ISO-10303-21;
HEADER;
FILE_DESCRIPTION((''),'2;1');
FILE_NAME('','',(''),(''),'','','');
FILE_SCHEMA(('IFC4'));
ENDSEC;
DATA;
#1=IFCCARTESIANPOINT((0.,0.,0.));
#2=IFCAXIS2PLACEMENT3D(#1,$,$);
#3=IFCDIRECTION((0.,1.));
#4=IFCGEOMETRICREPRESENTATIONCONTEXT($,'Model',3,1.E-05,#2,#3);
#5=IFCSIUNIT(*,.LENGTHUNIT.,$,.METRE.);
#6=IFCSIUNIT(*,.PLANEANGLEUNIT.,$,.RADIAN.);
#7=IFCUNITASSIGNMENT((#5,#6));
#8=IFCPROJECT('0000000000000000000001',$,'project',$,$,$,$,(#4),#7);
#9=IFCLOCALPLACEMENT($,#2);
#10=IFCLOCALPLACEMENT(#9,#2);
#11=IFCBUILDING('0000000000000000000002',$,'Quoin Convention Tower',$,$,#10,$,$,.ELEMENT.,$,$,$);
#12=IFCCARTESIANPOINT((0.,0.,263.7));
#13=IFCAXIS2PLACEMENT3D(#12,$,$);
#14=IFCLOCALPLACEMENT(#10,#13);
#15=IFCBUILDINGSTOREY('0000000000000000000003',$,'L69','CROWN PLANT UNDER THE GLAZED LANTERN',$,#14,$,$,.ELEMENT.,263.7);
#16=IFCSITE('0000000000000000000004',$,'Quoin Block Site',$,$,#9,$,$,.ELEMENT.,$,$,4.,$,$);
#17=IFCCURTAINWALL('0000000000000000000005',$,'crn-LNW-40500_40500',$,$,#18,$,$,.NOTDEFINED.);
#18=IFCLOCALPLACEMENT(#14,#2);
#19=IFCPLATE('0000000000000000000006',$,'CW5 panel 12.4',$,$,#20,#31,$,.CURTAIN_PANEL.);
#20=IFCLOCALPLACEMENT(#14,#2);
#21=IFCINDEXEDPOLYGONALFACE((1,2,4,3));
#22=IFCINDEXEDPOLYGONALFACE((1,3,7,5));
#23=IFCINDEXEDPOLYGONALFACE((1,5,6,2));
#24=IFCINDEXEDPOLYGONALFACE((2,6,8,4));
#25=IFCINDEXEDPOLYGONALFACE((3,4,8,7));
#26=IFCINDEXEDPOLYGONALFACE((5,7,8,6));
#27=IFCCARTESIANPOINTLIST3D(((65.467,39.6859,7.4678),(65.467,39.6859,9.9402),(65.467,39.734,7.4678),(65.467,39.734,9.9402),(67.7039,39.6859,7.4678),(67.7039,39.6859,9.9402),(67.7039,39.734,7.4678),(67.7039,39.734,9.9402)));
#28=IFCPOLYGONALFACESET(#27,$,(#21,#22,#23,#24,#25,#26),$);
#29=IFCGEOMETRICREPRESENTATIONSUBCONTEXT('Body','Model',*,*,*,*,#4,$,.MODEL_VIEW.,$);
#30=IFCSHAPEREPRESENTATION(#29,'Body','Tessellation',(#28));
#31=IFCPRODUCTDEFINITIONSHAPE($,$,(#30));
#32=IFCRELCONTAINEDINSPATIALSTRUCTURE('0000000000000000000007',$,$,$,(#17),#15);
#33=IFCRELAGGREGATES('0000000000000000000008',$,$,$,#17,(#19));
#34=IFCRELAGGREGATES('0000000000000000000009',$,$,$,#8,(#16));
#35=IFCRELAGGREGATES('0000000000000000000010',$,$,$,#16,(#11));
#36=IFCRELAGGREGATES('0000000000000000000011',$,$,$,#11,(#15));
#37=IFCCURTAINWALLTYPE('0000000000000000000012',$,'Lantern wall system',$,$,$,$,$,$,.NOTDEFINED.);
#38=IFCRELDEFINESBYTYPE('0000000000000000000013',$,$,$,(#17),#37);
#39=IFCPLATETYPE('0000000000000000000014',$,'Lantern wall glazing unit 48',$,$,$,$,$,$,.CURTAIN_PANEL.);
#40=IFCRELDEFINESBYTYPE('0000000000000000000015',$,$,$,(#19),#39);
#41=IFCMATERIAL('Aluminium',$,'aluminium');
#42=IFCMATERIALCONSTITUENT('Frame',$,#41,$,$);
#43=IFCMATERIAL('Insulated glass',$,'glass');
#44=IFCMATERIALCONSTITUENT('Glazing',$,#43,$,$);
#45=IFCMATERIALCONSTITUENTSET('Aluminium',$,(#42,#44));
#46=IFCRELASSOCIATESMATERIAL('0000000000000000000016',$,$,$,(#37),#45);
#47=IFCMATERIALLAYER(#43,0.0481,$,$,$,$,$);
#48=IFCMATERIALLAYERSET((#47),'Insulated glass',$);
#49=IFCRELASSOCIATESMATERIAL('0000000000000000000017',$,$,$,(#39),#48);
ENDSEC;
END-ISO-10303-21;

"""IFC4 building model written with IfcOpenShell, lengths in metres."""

from ifc_helpers import new_model, si_unit, direction, frame, origin, origin_2d, place, context, subcontext, project, spatial, rectangle, extrude, material, layer, layer_set, constituent, constituent_set, type_object, element, aggregate, save


model = new_model("IFC4")

# Units and contexts
model_context = context("Model", 3, precision=1e-05, world=origin(), true_north=direction((0.0, 1.0)))
body_context = subcontext(model_context, "Body", "Model", "MODEL_VIEW")
ifc_project = project(units=[si_unit("LENGTHUNIT", "METRE"), si_unit("PLANEANGLEUNIT", "RADIAN")], contexts=[model_context])

# Site, building, storey
site_placement = place(None, origin())
site = spatial("IfcSite", under=ifc_project, at=site_placement, Name="Quoin Block Site", CompositionType="ELEMENT", RefElevation=4.0)
building_placement = place(site_placement, origin())
building = spatial("IfcBuilding", under=site, at=building_placement, Name="Quoin Convention Tower", CompositionType="ELEMENT")
storey_placement = place(building_placement, frame((0.0, 0.0, 263.7)))
storey = spatial("IfcBuildingStorey", under=building, at=storey_placement, Name="L69", Description="CROWN PLANT UNDER THE GLAZED LANTERN", CompositionType="ELEMENT", Elevation=263.7)

# Curtain wall, plate
ifc_material_1 = material(Name="Aluminium", Category="aluminium")
ifc_constituent_1 = constituent(ifc_material_1, Name="Frame")
ifc_material_2 = material(Name="Insulated glass", Category="glass")
ifc_constituent_2 = constituent(ifc_material_2, Name="Glazing")
ifc_constituent_set = constituent_set(constituents=[ifc_constituent_1, ifc_constituent_2], Name="Aluminium")
curtain_wall_type = type_object("IfcCurtainWallType", Name="Lantern wall system", PredefinedType="NOTDEFINED", material=ifc_constituent_set)
curtain_wall_placement = place(storey_placement, origin())
curtain_wall = element("IfcCurtainWall", 1, at=curtain_wall_placement, inside=storey, type_object=curtain_wall_type, Name="crn-LNW-40500_40500", PredefinedType="NOTDEFINED")
ifc_layer = layer(ifc_material_2, 0.0481)
ifc_layer_set = layer_set([ifc_layer], Name="Insulated glass")
plate_type = type_object("IfcPlateType", Name="Lantern wall glazing unit 48", PredefinedType="CURTAIN_PANEL", material=ifc_layer_set)
plate_1_placement = place(storey_placement, frame((66.5854, 39.71, 7.4678), z_axis=(0.0, 0.0, 1.0), x_axis=(1.0, 0.0, 0.0)))
plate_1 = element("IfcPlate", 2, at=plate_1_placement, type_object=plate_type, Name="CW5 panel 12.4", PredefinedType="CURTAIN_PANEL", context=body_context, shape_type="SweptSolid", body=[
    extrude(rectangle(XDim=2.2368, YDim=0.0481, at=origin_2d()), origin(), (0.0, 0.0, 1.0), 2.4724),
])
aggregate(curtain_wall, [plate_1])

save(model, "model.ifc")
